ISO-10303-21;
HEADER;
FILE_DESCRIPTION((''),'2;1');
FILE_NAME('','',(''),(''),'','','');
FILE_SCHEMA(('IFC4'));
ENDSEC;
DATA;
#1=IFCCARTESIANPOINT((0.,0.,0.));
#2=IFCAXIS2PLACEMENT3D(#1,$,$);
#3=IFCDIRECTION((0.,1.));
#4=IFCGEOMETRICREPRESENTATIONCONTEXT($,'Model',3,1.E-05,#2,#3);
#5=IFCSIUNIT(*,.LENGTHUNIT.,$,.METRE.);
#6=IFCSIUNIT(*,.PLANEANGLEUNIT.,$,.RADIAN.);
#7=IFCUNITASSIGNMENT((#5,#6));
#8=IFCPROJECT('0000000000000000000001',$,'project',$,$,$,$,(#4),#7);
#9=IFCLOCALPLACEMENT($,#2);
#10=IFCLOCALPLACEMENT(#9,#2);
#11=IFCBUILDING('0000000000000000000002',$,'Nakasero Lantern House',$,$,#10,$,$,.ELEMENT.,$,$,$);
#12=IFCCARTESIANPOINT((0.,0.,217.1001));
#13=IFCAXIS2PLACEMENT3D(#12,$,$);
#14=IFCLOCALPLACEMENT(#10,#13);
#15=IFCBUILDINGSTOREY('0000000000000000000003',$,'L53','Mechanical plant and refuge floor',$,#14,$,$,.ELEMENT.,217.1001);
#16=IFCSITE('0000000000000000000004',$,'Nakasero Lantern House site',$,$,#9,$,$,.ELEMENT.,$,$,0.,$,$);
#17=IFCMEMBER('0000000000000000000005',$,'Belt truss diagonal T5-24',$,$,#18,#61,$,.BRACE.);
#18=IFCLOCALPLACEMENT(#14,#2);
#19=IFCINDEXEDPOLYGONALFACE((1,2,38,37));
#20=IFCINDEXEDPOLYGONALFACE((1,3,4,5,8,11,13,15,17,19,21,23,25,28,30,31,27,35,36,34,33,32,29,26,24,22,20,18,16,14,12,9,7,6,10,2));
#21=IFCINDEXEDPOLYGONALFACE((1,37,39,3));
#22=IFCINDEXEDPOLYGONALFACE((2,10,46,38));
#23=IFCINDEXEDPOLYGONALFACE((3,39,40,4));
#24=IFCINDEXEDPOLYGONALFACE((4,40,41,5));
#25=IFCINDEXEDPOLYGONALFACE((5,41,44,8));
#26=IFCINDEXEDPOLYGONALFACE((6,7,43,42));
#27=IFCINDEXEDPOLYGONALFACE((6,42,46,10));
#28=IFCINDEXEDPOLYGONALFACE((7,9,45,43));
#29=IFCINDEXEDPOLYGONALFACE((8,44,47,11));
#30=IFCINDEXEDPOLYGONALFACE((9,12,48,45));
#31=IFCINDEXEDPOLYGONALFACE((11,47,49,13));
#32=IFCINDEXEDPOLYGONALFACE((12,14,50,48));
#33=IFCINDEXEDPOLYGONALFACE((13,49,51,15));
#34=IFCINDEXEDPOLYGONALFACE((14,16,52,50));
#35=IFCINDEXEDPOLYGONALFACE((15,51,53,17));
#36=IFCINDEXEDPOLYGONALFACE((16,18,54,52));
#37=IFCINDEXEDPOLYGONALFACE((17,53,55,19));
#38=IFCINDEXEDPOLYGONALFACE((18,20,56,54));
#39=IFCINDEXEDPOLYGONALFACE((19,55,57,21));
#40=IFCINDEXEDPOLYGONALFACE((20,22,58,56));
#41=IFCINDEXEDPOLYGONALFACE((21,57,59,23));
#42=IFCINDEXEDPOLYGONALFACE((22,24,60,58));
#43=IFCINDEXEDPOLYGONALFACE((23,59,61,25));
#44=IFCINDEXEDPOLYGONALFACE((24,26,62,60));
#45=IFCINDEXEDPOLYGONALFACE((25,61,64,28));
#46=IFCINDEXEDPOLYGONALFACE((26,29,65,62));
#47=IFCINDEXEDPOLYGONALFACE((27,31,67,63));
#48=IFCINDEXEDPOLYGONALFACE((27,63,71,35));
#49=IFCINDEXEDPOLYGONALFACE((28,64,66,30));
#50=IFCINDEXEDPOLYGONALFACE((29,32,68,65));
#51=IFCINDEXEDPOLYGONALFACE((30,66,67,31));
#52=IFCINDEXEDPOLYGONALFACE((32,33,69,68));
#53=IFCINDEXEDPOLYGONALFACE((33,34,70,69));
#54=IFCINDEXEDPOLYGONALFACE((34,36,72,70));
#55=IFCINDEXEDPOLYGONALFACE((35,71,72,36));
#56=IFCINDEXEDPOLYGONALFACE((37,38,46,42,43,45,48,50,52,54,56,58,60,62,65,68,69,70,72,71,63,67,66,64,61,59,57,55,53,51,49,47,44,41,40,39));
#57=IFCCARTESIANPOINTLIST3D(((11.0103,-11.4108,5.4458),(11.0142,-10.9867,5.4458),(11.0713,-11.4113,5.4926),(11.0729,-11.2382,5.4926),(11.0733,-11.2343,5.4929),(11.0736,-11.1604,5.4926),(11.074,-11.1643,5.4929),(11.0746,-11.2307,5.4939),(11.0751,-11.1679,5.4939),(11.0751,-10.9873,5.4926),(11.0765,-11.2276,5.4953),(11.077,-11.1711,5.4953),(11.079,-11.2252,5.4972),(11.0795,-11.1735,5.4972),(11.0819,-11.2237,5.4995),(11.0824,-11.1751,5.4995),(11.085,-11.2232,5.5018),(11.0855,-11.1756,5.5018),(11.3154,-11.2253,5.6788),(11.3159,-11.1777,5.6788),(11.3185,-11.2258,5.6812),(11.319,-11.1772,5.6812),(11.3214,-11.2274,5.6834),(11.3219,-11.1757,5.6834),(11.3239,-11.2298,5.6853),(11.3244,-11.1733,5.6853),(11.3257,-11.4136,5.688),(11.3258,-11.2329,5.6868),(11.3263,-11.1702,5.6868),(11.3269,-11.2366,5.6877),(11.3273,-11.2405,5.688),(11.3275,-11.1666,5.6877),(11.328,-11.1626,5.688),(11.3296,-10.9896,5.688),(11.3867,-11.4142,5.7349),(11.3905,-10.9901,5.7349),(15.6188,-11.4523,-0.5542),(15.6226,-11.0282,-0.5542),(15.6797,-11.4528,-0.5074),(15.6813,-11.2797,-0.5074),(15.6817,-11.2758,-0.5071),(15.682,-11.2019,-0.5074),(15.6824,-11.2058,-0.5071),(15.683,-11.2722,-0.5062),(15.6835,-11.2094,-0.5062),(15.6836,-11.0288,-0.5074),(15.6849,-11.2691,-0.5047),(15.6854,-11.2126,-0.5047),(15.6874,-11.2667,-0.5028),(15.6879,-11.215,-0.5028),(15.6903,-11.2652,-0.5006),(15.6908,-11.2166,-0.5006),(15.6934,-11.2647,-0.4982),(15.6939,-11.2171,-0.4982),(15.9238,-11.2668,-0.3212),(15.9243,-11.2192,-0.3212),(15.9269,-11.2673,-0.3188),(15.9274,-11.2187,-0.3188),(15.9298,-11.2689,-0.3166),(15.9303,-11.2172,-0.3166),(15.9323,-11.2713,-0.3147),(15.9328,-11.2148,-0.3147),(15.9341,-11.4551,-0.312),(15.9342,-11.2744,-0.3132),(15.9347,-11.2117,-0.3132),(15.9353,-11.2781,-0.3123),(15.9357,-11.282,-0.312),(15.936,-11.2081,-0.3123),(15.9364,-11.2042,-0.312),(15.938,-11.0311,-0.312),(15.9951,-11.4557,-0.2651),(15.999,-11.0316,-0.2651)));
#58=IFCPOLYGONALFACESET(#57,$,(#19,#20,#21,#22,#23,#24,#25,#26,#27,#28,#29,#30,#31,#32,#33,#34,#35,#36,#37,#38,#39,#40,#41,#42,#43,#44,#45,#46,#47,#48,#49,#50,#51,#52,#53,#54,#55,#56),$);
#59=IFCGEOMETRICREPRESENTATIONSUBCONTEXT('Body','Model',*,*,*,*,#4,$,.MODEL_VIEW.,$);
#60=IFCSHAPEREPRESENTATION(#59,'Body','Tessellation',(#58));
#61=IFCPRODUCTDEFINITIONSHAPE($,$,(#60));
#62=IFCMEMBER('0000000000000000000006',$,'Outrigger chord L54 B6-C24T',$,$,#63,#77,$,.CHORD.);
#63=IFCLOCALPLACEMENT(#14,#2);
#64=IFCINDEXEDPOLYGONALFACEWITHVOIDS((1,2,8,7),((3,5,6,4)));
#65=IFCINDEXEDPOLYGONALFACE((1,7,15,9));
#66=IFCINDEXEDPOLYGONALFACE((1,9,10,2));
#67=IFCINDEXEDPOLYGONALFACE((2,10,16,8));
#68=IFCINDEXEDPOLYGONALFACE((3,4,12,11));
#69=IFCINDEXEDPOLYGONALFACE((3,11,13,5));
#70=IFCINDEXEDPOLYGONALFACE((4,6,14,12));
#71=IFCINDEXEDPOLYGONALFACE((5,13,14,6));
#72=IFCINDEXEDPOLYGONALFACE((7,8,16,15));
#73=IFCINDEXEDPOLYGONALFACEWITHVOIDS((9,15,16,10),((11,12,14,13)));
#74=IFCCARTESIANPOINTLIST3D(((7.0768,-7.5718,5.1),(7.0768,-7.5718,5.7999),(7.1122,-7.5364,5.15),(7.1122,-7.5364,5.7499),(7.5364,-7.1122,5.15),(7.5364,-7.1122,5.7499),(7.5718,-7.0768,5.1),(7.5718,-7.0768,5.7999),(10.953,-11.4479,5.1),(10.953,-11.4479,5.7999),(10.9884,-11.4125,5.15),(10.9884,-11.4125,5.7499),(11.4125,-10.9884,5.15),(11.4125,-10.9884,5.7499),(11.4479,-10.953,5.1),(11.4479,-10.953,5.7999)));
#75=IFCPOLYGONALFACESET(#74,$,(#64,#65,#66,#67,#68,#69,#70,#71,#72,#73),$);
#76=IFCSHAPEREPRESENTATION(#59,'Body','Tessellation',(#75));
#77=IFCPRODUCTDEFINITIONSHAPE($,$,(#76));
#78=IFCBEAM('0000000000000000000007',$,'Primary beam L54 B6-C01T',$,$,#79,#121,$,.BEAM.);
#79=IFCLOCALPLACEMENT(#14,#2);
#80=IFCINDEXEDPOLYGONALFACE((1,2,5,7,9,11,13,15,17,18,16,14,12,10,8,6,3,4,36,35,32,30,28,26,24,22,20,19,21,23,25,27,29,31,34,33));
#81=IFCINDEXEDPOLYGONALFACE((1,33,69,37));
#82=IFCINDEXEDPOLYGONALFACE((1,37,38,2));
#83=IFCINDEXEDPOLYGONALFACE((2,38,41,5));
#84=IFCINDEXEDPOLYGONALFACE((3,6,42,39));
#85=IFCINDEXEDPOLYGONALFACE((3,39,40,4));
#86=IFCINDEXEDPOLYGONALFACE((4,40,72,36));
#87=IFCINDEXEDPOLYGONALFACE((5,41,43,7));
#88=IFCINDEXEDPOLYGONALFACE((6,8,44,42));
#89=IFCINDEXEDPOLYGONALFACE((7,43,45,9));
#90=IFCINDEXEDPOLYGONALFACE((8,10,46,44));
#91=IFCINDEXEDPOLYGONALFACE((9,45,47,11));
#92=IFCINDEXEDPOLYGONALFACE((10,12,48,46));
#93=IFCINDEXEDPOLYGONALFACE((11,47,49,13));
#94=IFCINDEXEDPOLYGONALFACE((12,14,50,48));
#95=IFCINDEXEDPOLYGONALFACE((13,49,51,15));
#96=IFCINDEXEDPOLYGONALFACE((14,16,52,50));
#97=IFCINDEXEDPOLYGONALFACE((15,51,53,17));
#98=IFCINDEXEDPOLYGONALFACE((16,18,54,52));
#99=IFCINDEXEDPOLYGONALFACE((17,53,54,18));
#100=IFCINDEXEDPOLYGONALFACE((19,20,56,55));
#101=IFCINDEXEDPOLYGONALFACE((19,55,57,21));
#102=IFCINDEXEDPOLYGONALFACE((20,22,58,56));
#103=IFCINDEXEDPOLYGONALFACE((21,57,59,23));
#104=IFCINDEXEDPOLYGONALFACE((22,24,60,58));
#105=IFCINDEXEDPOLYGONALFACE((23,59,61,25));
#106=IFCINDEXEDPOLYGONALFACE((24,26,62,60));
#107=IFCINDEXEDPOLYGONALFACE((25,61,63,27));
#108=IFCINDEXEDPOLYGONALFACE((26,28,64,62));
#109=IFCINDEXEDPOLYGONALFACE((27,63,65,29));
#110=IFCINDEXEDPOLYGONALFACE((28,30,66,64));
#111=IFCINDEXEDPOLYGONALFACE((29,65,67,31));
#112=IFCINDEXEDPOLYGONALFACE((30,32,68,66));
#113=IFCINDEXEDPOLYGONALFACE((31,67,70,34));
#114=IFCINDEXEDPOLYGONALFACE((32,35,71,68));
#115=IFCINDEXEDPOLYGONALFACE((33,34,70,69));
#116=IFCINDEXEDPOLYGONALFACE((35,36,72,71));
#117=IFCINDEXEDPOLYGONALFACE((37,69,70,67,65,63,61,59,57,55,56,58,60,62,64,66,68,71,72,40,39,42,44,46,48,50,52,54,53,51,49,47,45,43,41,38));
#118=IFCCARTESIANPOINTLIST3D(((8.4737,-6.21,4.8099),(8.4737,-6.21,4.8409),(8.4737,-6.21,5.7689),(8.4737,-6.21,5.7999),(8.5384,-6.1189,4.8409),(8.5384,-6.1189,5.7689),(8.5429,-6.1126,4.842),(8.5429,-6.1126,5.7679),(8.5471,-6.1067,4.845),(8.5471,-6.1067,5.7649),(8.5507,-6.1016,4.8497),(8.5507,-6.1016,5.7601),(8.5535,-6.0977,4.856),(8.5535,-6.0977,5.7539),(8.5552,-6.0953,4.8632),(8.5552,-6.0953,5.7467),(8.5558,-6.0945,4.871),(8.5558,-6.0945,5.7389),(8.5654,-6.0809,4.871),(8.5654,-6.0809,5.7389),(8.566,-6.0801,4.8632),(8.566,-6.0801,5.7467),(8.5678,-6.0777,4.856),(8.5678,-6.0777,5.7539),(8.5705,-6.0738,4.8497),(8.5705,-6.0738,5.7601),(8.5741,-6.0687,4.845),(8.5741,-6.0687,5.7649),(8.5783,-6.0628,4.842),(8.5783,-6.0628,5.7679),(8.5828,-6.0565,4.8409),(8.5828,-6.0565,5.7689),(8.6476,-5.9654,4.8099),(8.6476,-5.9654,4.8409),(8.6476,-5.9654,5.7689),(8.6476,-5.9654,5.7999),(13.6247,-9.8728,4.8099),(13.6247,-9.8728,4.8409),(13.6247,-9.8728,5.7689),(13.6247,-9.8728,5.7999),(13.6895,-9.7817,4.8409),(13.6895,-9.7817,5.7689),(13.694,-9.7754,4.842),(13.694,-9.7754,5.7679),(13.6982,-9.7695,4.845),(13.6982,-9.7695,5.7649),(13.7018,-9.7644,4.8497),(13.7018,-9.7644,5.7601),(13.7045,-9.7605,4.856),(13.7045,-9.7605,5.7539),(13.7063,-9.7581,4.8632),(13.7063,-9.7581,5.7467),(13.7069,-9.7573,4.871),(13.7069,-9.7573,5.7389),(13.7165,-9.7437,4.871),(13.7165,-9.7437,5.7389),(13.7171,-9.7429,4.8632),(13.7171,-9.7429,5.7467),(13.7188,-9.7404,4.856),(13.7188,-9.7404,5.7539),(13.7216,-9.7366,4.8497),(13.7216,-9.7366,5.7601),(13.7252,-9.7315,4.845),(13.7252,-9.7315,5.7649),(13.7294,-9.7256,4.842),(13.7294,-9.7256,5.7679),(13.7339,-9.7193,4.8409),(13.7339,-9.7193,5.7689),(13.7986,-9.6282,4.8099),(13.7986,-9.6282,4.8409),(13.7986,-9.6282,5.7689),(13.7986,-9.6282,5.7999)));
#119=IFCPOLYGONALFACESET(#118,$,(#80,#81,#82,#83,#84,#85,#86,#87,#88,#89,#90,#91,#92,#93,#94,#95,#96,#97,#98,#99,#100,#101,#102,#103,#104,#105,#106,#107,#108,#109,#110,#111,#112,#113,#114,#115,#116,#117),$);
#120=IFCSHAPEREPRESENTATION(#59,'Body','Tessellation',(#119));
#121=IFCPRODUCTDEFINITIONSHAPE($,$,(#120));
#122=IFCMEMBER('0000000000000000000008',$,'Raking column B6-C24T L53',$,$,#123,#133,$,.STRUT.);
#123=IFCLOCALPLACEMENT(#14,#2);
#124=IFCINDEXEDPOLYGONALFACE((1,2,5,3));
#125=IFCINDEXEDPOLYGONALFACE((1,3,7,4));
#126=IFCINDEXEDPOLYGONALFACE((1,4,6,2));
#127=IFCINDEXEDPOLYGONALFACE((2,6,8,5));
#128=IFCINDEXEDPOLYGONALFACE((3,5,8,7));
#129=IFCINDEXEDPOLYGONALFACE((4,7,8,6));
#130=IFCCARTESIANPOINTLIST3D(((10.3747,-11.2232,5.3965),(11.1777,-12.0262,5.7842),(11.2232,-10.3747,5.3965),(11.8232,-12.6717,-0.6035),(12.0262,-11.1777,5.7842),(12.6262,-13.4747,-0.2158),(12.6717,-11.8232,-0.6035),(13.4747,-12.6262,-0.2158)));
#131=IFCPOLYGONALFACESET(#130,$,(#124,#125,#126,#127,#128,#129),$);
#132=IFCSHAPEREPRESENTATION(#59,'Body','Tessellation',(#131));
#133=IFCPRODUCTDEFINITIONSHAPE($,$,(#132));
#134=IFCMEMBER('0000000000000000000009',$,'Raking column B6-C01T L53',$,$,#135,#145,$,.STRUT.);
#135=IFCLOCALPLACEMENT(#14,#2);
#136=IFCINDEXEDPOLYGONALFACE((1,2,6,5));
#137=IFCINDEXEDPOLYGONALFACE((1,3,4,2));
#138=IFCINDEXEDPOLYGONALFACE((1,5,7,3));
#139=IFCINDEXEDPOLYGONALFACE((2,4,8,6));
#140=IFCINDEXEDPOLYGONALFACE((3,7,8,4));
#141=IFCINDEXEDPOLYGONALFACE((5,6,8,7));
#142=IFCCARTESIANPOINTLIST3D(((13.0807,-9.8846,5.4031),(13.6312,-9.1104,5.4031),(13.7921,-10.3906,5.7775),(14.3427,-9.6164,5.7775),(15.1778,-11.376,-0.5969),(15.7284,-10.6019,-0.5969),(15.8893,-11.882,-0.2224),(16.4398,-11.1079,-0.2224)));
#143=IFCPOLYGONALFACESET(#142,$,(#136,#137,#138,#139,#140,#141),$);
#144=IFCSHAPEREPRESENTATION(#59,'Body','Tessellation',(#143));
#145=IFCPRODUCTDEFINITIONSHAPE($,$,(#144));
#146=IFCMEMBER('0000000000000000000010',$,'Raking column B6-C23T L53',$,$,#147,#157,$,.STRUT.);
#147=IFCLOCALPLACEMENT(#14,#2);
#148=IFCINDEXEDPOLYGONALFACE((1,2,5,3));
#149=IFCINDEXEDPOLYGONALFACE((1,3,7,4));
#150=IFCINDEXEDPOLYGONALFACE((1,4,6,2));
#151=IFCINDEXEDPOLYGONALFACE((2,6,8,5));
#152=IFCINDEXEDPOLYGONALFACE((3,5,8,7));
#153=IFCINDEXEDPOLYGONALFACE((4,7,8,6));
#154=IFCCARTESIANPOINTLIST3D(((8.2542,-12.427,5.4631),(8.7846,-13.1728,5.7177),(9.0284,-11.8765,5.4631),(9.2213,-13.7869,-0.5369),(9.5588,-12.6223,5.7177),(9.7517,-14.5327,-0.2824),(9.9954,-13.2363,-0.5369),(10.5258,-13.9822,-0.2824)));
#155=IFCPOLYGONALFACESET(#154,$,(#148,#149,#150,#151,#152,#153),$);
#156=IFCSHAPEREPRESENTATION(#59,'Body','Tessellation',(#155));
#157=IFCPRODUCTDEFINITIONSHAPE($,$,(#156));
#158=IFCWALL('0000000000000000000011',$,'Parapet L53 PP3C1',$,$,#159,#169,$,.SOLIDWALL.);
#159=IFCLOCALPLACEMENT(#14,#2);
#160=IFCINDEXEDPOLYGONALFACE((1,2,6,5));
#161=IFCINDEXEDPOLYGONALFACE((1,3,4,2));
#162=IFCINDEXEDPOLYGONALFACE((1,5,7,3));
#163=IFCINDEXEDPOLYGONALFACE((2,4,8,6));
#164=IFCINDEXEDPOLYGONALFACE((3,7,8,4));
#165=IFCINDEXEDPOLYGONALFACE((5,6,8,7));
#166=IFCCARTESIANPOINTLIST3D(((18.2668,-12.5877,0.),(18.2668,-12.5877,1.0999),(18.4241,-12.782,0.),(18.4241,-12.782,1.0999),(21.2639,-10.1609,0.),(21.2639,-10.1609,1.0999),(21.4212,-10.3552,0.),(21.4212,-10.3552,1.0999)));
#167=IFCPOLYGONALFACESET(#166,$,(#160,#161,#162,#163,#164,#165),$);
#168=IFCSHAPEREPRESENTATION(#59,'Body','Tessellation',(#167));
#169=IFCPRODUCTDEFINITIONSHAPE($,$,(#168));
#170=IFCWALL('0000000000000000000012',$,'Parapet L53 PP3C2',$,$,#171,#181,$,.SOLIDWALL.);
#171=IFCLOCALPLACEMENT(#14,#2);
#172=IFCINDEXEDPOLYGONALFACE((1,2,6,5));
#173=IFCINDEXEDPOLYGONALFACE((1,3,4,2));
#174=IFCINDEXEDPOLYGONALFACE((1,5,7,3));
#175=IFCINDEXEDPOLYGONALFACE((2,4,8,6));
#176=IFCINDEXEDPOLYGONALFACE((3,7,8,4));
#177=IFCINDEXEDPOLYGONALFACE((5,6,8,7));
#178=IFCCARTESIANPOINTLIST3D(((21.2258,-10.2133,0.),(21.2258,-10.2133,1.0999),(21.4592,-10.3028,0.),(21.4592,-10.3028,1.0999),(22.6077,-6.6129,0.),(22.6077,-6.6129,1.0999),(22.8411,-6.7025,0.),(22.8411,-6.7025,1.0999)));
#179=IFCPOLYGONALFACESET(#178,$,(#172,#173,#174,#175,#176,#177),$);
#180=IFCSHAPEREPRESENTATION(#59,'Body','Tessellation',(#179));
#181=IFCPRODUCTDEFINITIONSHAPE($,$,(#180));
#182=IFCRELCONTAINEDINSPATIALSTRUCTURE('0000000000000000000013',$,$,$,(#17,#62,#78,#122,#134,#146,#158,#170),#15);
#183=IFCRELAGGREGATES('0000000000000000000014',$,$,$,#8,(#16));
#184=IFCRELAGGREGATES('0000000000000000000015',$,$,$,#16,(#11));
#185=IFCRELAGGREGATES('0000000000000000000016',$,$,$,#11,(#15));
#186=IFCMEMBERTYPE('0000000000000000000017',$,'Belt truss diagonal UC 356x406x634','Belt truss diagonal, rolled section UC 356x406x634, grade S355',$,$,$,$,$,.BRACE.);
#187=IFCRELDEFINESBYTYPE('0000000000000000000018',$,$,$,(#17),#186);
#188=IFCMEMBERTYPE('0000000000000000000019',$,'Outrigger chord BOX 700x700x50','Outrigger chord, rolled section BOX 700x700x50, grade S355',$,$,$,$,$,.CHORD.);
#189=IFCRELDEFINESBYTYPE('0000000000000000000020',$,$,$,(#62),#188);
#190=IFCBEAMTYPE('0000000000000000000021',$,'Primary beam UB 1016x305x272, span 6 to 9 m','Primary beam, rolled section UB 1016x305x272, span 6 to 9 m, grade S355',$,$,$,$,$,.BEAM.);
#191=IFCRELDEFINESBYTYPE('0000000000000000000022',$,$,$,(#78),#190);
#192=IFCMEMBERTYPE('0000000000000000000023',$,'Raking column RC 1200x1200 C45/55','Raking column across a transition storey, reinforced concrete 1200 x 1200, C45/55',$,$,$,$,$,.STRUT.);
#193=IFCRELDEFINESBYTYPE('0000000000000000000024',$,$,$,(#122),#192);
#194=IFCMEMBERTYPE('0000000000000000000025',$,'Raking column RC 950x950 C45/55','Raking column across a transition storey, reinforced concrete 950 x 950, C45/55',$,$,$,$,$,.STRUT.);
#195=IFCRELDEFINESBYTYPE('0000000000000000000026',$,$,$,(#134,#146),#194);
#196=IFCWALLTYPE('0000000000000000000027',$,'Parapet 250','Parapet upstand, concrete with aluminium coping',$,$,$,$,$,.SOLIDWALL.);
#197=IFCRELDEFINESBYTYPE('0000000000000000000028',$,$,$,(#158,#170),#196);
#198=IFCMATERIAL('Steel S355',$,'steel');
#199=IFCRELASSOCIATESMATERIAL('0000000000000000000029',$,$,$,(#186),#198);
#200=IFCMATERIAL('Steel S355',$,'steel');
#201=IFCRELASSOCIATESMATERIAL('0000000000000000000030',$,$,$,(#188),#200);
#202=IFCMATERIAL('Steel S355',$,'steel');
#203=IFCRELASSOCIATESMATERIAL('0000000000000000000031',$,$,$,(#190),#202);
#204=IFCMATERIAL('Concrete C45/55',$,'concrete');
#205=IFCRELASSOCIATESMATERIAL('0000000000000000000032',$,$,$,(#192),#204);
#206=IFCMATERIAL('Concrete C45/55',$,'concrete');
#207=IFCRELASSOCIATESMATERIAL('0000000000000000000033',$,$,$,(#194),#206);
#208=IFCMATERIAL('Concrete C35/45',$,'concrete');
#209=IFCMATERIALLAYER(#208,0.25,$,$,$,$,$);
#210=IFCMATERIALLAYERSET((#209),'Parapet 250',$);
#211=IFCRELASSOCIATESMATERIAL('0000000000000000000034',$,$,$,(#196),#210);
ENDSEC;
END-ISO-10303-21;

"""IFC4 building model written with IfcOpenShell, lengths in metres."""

from ifc_helpers import new_model, si_unit, direction, frame, frame_2d, origin, origin_2d, place, context, subcontext, project, spatial, rectangle, hollow_rectangle, i_section, extrude, material, layer, layer_set, material_profile, profile_set, type_object, element, save


model = new_model("IFC4")

# Units and contexts
model_context = context("Model", 3, precision=1e-05, world=origin(), true_north=direction((0.0, 1.0)))
body_context = subcontext(model_context, "Body", "Model", "MODEL_VIEW")
ifc_project = project(units=[si_unit("LENGTHUNIT", "METRE"), si_unit("PLANEANGLEUNIT", "RADIAN")], contexts=[model_context])

# Site, building, storey
site_placement = place(None, origin())
site = spatial("IfcSite", under=ifc_project, at=site_placement, Name="Nakasero Lantern House site", CompositionType="ELEMENT", RefElevation=0.0)
building_placement = place(site_placement, origin())
building = spatial("IfcBuilding", under=site, at=building_placement, Name="Nakasero Lantern House", CompositionType="ELEMENT")
storey_placement = place(building_placement, frame((0.0, 0.0, 217.1001)))
storey = spatial("IfcBuildingStorey", under=building, at=storey_placement, Name="L53", Description="Mechanical plant and refuge floor", CompositionType="ELEMENT", Elevation=217.1001)

# Members
ifc_material_1 = material(Name="Steel S355", Category="steel")
ifc_material_profile_1 = material_profile(ifc_material_1, i_section(OverallWidth=0.4241, OverallDepth=0.4746, WebThickness=0.0476, FlangeThickness=0.0769, FilletRadius=0.0151, at=origin_2d()), Name="UC 356x406x634")
ifc_profile_set_1 = profile_set([ifc_material_profile_1], Name="Steel S355")
member_type_1 = type_object("IfcMemberType", Name="Belt truss diagonal UC 356x406x634", Description="Belt truss diagonal, rolled section UC 356x406x634, grade S355", PredefinedType="BRACE", material=ifc_profile_set_1)
member_1_placement = place(storey_placement, frame((11.2004, -11.2004, 5.5903), z_axis=(0.609121, -0.005486, -0.793058), x_axis=(0.009006, 0.999959, 0.0)))
element("IfcMember", 1, at=member_1_placement, inside=storey, type_object=member_type_1, Name="Belt truss diagonal T5-24", PredefinedType="BRACE", context=body_context, shape_type="SweptSolid", body=[
    extrude(i_section(OverallWidth=0.4241, OverallDepth=0.4746, WebThickness=0.0476, FlangeThickness=0.0769, FilletRadius=0.0151, at=origin_2d()), origin(), (0.0, 0.0, 1.0), 7.5657),
])
ifc_material_2 = material(Name="Steel S355", Category="steel")
ifc_material_profile_2 = material_profile(ifc_material_2, hollow_rectangle(XDim=0.7, YDim=0.7, WallThickness=0.05, at=origin_2d()), Name="BOX 700x700x50")
ifc_profile_set_2 = profile_set([ifc_material_profile_2], Name="Steel S355")
member_type_2 = type_object("IfcMemberType", Name="Outrigger chord BOX 700x700x50", Description="Outrigger chord, rolled section BOX 700x700x50, grade S355", PredefinedType="CHORD", material=ifc_profile_set_2)
member_2_placement = place(storey_placement, frame((11.2004, -11.2004, 5.45), z_axis=(-0.707107, 0.707107, 0.0), x_axis=(-0.707107, -0.707107, 0.0)))
element("IfcMember", 2, at=member_2_placement, inside=storey, type_object=member_type_2, Name="Outrigger chord L54 B6-C24T", PredefinedType="CHORD", context=body_context, shape_type="SweptSolid", body=[
    extrude(hollow_rectangle(XDim=0.7, YDim=0.7, WallThickness=0.05, at=origin_2d()), origin(), (0.0, 0.0, 1.0), 5.4817),
])

# Beam
ifc_material_3 = material(Name="Steel S355", Category="steel")
ifc_material_profile_3 = material_profile(ifc_material_3, i_section(OverallWidth=0.3, OverallDepth=0.99, WebThickness=0.0166, FlangeThickness=0.031, FilletRadius=0.03, at=origin_2d()), Name="UB 1016x305x272")
ifc_profile_set_3 = profile_set([ifc_material_profile_3], Name="Steel S355")
beam_type = type_object("IfcBeamType", Name="Primary beam UB 1016x305x272, span 6 to 9 m", Description="Primary beam, rolled section UB 1016x305x272, span 6 to 9 m, grade S355", PredefinedType="BEAM", material=ifc_profile_set_3)
beam_placement = place(storey_placement, frame((13.7117, -9.7505, 5.3049), z_axis=(-0.814969, 0.579505, 0.0), x_axis=(-0.579505, -0.814969, 0.0)))
element("IfcBeam", 3, at=beam_placement, inside=storey, type_object=beam_type, Name="Primary beam L54 B6-C01T", PredefinedType="BEAM", context=body_context, shape_type="SweptSolid", body=[
    extrude(i_section(OverallWidth=0.3, OverallDepth=0.99, WebThickness=0.0166, FlangeThickness=0.031, FilletRadius=0.03, at=origin_2d()), origin(), (0.0, 0.0, 1.0), 6.3206),
])

# Members
ifc_material_4 = material(Name="Concrete C45/55", Category="concrete")
ifc_material_profile_4 = material_profile(ifc_material_4, rectangle(XDim=1.2, YDim=1.2, at=origin_2d()), Name="RC 1200x1200")
ifc_profile_set_4 = profile_set([ifc_material_profile_4], Name="Concrete C45/55")
member_type_3 = type_object("IfcMemberType", Name="Raking column RC 1200x1200 C45/55", Description="Raking column across a transition storey, reinforced concrete 1200 x 1200, C45/55", PredefinedType="STRUT", material=ifc_profile_set_4)
member_3_placement = place(storey_placement, frame((12.6489, -12.6489, -0.4097), z_axis=(-0.228466, 0.228466, 0.946365), x_axis=(-0.707107, -0.707107, 0.0)))
element("IfcMember", 4, at=member_3_placement, inside=storey, type_object=member_type_3, Name="Raking column B6-C24T L53", PredefinedType="STRUT", context=body_context, shape_type="SweptSolid", body=[
    extrude(rectangle(XDim=1.2, YDim=1.2, at=origin_2d()), origin(), (0.0, 0.0, 1.0), 6.3401),
])
ifc_material_5 = material(Name="Concrete C45/55", Category="concrete")
ifc_material_profile_5 = material_profile(ifc_material_5, rectangle(XDim=0.95, YDim=0.95, at=origin_2d()), Name="RC 950x950")
ifc_profile_set_5 = profile_set([ifc_material_profile_5], Name="Concrete C45/55")
member_type_4 = type_object("IfcMemberType", Name="Raking column RC 950x950 C45/55", Description="Raking column across a transition storey, reinforced concrete 950 x 950, C45/55", PredefinedType="STRUT", material=ifc_profile_set_5)
member_4_placement = place(storey_placement, frame((15.8088, -11.2419, -0.4097), z_axis=(-0.321228, 0.22845, 0.919034), x_axis=(-0.579559, -0.81493, 0.0)))
element("IfcMember", 5, at=member_4_placement, inside=storey, type_object=member_type_4, Name="Raking column B6-C01T L53", PredefinedType="STRUT", context=body_context, shape_type="SweptSolid", body=[
    extrude(rectangle(XDim=0.95, YDim=0.95, at=origin_2d()), origin(), (0.0, 0.0, 1.0), 6.5286),
])
member_5_placement = place(storey_placement, frame((9.8735, -13.8845, -0.4097), z_axis=(-0.15528, 0.218357, 0.963436), x_axis=(-0.814948, -0.579535, 0.0)))
element("IfcMember", 6, at=member_5_placement, inside=storey, type_object=member_type_4, Name="Raking column B6-C23T L53", PredefinedType="STRUT", context=body_context, shape_type="SweptSolid", body=[
    extrude(rectangle(XDim=0.95, YDim=0.95, at=origin_2d()), origin(), (0.0, 0.0, 1.0), 6.2278),
])

# Walls
ifc_material_6 = material(Name="Concrete C35/45", Category="concrete")
ifc_layer = layer(ifc_material_6, 0.25)
ifc_layer_set = layer_set([ifc_layer], Name="Parapet 250")
wall_type = type_object("IfcWallType", Name="Parapet 250", Description="Parapet upstand, concrete with aluminium coping", PredefinedType="SOLIDWALL", material=ifc_layer_set)
for number, where, z_axis, x_axis, name in (
    (7, (18.3455, -12.6848, 0.0), (0.0, 0.0, 1.0), (0.777174, 0.629286, 0.0), "Parapet L53 PP3C1"),
    (8, (21.3425, -10.2581, 0.0), (0.0, 0.0, 1.0), (0.358321, 0.933598, 0.0), "Parapet L53 PP3C2"),
):
    element("IfcWall", number, at=place(storey_placement, frame(where, z_axis=z_axis, x_axis=x_axis)), inside=storey, type_object=wall_type, Name=name, PredefinedType="SOLIDWALL", context=body_context, shape_type="SweptSolid", body=[
        extrude(rectangle(XDim=3.8564, YDim=0.25, at=frame_2d((1.9282, 0.0))), origin(), (0.0, 0.0, 1.0), 1.0999),
    ])

save(model, "model.ifc")
